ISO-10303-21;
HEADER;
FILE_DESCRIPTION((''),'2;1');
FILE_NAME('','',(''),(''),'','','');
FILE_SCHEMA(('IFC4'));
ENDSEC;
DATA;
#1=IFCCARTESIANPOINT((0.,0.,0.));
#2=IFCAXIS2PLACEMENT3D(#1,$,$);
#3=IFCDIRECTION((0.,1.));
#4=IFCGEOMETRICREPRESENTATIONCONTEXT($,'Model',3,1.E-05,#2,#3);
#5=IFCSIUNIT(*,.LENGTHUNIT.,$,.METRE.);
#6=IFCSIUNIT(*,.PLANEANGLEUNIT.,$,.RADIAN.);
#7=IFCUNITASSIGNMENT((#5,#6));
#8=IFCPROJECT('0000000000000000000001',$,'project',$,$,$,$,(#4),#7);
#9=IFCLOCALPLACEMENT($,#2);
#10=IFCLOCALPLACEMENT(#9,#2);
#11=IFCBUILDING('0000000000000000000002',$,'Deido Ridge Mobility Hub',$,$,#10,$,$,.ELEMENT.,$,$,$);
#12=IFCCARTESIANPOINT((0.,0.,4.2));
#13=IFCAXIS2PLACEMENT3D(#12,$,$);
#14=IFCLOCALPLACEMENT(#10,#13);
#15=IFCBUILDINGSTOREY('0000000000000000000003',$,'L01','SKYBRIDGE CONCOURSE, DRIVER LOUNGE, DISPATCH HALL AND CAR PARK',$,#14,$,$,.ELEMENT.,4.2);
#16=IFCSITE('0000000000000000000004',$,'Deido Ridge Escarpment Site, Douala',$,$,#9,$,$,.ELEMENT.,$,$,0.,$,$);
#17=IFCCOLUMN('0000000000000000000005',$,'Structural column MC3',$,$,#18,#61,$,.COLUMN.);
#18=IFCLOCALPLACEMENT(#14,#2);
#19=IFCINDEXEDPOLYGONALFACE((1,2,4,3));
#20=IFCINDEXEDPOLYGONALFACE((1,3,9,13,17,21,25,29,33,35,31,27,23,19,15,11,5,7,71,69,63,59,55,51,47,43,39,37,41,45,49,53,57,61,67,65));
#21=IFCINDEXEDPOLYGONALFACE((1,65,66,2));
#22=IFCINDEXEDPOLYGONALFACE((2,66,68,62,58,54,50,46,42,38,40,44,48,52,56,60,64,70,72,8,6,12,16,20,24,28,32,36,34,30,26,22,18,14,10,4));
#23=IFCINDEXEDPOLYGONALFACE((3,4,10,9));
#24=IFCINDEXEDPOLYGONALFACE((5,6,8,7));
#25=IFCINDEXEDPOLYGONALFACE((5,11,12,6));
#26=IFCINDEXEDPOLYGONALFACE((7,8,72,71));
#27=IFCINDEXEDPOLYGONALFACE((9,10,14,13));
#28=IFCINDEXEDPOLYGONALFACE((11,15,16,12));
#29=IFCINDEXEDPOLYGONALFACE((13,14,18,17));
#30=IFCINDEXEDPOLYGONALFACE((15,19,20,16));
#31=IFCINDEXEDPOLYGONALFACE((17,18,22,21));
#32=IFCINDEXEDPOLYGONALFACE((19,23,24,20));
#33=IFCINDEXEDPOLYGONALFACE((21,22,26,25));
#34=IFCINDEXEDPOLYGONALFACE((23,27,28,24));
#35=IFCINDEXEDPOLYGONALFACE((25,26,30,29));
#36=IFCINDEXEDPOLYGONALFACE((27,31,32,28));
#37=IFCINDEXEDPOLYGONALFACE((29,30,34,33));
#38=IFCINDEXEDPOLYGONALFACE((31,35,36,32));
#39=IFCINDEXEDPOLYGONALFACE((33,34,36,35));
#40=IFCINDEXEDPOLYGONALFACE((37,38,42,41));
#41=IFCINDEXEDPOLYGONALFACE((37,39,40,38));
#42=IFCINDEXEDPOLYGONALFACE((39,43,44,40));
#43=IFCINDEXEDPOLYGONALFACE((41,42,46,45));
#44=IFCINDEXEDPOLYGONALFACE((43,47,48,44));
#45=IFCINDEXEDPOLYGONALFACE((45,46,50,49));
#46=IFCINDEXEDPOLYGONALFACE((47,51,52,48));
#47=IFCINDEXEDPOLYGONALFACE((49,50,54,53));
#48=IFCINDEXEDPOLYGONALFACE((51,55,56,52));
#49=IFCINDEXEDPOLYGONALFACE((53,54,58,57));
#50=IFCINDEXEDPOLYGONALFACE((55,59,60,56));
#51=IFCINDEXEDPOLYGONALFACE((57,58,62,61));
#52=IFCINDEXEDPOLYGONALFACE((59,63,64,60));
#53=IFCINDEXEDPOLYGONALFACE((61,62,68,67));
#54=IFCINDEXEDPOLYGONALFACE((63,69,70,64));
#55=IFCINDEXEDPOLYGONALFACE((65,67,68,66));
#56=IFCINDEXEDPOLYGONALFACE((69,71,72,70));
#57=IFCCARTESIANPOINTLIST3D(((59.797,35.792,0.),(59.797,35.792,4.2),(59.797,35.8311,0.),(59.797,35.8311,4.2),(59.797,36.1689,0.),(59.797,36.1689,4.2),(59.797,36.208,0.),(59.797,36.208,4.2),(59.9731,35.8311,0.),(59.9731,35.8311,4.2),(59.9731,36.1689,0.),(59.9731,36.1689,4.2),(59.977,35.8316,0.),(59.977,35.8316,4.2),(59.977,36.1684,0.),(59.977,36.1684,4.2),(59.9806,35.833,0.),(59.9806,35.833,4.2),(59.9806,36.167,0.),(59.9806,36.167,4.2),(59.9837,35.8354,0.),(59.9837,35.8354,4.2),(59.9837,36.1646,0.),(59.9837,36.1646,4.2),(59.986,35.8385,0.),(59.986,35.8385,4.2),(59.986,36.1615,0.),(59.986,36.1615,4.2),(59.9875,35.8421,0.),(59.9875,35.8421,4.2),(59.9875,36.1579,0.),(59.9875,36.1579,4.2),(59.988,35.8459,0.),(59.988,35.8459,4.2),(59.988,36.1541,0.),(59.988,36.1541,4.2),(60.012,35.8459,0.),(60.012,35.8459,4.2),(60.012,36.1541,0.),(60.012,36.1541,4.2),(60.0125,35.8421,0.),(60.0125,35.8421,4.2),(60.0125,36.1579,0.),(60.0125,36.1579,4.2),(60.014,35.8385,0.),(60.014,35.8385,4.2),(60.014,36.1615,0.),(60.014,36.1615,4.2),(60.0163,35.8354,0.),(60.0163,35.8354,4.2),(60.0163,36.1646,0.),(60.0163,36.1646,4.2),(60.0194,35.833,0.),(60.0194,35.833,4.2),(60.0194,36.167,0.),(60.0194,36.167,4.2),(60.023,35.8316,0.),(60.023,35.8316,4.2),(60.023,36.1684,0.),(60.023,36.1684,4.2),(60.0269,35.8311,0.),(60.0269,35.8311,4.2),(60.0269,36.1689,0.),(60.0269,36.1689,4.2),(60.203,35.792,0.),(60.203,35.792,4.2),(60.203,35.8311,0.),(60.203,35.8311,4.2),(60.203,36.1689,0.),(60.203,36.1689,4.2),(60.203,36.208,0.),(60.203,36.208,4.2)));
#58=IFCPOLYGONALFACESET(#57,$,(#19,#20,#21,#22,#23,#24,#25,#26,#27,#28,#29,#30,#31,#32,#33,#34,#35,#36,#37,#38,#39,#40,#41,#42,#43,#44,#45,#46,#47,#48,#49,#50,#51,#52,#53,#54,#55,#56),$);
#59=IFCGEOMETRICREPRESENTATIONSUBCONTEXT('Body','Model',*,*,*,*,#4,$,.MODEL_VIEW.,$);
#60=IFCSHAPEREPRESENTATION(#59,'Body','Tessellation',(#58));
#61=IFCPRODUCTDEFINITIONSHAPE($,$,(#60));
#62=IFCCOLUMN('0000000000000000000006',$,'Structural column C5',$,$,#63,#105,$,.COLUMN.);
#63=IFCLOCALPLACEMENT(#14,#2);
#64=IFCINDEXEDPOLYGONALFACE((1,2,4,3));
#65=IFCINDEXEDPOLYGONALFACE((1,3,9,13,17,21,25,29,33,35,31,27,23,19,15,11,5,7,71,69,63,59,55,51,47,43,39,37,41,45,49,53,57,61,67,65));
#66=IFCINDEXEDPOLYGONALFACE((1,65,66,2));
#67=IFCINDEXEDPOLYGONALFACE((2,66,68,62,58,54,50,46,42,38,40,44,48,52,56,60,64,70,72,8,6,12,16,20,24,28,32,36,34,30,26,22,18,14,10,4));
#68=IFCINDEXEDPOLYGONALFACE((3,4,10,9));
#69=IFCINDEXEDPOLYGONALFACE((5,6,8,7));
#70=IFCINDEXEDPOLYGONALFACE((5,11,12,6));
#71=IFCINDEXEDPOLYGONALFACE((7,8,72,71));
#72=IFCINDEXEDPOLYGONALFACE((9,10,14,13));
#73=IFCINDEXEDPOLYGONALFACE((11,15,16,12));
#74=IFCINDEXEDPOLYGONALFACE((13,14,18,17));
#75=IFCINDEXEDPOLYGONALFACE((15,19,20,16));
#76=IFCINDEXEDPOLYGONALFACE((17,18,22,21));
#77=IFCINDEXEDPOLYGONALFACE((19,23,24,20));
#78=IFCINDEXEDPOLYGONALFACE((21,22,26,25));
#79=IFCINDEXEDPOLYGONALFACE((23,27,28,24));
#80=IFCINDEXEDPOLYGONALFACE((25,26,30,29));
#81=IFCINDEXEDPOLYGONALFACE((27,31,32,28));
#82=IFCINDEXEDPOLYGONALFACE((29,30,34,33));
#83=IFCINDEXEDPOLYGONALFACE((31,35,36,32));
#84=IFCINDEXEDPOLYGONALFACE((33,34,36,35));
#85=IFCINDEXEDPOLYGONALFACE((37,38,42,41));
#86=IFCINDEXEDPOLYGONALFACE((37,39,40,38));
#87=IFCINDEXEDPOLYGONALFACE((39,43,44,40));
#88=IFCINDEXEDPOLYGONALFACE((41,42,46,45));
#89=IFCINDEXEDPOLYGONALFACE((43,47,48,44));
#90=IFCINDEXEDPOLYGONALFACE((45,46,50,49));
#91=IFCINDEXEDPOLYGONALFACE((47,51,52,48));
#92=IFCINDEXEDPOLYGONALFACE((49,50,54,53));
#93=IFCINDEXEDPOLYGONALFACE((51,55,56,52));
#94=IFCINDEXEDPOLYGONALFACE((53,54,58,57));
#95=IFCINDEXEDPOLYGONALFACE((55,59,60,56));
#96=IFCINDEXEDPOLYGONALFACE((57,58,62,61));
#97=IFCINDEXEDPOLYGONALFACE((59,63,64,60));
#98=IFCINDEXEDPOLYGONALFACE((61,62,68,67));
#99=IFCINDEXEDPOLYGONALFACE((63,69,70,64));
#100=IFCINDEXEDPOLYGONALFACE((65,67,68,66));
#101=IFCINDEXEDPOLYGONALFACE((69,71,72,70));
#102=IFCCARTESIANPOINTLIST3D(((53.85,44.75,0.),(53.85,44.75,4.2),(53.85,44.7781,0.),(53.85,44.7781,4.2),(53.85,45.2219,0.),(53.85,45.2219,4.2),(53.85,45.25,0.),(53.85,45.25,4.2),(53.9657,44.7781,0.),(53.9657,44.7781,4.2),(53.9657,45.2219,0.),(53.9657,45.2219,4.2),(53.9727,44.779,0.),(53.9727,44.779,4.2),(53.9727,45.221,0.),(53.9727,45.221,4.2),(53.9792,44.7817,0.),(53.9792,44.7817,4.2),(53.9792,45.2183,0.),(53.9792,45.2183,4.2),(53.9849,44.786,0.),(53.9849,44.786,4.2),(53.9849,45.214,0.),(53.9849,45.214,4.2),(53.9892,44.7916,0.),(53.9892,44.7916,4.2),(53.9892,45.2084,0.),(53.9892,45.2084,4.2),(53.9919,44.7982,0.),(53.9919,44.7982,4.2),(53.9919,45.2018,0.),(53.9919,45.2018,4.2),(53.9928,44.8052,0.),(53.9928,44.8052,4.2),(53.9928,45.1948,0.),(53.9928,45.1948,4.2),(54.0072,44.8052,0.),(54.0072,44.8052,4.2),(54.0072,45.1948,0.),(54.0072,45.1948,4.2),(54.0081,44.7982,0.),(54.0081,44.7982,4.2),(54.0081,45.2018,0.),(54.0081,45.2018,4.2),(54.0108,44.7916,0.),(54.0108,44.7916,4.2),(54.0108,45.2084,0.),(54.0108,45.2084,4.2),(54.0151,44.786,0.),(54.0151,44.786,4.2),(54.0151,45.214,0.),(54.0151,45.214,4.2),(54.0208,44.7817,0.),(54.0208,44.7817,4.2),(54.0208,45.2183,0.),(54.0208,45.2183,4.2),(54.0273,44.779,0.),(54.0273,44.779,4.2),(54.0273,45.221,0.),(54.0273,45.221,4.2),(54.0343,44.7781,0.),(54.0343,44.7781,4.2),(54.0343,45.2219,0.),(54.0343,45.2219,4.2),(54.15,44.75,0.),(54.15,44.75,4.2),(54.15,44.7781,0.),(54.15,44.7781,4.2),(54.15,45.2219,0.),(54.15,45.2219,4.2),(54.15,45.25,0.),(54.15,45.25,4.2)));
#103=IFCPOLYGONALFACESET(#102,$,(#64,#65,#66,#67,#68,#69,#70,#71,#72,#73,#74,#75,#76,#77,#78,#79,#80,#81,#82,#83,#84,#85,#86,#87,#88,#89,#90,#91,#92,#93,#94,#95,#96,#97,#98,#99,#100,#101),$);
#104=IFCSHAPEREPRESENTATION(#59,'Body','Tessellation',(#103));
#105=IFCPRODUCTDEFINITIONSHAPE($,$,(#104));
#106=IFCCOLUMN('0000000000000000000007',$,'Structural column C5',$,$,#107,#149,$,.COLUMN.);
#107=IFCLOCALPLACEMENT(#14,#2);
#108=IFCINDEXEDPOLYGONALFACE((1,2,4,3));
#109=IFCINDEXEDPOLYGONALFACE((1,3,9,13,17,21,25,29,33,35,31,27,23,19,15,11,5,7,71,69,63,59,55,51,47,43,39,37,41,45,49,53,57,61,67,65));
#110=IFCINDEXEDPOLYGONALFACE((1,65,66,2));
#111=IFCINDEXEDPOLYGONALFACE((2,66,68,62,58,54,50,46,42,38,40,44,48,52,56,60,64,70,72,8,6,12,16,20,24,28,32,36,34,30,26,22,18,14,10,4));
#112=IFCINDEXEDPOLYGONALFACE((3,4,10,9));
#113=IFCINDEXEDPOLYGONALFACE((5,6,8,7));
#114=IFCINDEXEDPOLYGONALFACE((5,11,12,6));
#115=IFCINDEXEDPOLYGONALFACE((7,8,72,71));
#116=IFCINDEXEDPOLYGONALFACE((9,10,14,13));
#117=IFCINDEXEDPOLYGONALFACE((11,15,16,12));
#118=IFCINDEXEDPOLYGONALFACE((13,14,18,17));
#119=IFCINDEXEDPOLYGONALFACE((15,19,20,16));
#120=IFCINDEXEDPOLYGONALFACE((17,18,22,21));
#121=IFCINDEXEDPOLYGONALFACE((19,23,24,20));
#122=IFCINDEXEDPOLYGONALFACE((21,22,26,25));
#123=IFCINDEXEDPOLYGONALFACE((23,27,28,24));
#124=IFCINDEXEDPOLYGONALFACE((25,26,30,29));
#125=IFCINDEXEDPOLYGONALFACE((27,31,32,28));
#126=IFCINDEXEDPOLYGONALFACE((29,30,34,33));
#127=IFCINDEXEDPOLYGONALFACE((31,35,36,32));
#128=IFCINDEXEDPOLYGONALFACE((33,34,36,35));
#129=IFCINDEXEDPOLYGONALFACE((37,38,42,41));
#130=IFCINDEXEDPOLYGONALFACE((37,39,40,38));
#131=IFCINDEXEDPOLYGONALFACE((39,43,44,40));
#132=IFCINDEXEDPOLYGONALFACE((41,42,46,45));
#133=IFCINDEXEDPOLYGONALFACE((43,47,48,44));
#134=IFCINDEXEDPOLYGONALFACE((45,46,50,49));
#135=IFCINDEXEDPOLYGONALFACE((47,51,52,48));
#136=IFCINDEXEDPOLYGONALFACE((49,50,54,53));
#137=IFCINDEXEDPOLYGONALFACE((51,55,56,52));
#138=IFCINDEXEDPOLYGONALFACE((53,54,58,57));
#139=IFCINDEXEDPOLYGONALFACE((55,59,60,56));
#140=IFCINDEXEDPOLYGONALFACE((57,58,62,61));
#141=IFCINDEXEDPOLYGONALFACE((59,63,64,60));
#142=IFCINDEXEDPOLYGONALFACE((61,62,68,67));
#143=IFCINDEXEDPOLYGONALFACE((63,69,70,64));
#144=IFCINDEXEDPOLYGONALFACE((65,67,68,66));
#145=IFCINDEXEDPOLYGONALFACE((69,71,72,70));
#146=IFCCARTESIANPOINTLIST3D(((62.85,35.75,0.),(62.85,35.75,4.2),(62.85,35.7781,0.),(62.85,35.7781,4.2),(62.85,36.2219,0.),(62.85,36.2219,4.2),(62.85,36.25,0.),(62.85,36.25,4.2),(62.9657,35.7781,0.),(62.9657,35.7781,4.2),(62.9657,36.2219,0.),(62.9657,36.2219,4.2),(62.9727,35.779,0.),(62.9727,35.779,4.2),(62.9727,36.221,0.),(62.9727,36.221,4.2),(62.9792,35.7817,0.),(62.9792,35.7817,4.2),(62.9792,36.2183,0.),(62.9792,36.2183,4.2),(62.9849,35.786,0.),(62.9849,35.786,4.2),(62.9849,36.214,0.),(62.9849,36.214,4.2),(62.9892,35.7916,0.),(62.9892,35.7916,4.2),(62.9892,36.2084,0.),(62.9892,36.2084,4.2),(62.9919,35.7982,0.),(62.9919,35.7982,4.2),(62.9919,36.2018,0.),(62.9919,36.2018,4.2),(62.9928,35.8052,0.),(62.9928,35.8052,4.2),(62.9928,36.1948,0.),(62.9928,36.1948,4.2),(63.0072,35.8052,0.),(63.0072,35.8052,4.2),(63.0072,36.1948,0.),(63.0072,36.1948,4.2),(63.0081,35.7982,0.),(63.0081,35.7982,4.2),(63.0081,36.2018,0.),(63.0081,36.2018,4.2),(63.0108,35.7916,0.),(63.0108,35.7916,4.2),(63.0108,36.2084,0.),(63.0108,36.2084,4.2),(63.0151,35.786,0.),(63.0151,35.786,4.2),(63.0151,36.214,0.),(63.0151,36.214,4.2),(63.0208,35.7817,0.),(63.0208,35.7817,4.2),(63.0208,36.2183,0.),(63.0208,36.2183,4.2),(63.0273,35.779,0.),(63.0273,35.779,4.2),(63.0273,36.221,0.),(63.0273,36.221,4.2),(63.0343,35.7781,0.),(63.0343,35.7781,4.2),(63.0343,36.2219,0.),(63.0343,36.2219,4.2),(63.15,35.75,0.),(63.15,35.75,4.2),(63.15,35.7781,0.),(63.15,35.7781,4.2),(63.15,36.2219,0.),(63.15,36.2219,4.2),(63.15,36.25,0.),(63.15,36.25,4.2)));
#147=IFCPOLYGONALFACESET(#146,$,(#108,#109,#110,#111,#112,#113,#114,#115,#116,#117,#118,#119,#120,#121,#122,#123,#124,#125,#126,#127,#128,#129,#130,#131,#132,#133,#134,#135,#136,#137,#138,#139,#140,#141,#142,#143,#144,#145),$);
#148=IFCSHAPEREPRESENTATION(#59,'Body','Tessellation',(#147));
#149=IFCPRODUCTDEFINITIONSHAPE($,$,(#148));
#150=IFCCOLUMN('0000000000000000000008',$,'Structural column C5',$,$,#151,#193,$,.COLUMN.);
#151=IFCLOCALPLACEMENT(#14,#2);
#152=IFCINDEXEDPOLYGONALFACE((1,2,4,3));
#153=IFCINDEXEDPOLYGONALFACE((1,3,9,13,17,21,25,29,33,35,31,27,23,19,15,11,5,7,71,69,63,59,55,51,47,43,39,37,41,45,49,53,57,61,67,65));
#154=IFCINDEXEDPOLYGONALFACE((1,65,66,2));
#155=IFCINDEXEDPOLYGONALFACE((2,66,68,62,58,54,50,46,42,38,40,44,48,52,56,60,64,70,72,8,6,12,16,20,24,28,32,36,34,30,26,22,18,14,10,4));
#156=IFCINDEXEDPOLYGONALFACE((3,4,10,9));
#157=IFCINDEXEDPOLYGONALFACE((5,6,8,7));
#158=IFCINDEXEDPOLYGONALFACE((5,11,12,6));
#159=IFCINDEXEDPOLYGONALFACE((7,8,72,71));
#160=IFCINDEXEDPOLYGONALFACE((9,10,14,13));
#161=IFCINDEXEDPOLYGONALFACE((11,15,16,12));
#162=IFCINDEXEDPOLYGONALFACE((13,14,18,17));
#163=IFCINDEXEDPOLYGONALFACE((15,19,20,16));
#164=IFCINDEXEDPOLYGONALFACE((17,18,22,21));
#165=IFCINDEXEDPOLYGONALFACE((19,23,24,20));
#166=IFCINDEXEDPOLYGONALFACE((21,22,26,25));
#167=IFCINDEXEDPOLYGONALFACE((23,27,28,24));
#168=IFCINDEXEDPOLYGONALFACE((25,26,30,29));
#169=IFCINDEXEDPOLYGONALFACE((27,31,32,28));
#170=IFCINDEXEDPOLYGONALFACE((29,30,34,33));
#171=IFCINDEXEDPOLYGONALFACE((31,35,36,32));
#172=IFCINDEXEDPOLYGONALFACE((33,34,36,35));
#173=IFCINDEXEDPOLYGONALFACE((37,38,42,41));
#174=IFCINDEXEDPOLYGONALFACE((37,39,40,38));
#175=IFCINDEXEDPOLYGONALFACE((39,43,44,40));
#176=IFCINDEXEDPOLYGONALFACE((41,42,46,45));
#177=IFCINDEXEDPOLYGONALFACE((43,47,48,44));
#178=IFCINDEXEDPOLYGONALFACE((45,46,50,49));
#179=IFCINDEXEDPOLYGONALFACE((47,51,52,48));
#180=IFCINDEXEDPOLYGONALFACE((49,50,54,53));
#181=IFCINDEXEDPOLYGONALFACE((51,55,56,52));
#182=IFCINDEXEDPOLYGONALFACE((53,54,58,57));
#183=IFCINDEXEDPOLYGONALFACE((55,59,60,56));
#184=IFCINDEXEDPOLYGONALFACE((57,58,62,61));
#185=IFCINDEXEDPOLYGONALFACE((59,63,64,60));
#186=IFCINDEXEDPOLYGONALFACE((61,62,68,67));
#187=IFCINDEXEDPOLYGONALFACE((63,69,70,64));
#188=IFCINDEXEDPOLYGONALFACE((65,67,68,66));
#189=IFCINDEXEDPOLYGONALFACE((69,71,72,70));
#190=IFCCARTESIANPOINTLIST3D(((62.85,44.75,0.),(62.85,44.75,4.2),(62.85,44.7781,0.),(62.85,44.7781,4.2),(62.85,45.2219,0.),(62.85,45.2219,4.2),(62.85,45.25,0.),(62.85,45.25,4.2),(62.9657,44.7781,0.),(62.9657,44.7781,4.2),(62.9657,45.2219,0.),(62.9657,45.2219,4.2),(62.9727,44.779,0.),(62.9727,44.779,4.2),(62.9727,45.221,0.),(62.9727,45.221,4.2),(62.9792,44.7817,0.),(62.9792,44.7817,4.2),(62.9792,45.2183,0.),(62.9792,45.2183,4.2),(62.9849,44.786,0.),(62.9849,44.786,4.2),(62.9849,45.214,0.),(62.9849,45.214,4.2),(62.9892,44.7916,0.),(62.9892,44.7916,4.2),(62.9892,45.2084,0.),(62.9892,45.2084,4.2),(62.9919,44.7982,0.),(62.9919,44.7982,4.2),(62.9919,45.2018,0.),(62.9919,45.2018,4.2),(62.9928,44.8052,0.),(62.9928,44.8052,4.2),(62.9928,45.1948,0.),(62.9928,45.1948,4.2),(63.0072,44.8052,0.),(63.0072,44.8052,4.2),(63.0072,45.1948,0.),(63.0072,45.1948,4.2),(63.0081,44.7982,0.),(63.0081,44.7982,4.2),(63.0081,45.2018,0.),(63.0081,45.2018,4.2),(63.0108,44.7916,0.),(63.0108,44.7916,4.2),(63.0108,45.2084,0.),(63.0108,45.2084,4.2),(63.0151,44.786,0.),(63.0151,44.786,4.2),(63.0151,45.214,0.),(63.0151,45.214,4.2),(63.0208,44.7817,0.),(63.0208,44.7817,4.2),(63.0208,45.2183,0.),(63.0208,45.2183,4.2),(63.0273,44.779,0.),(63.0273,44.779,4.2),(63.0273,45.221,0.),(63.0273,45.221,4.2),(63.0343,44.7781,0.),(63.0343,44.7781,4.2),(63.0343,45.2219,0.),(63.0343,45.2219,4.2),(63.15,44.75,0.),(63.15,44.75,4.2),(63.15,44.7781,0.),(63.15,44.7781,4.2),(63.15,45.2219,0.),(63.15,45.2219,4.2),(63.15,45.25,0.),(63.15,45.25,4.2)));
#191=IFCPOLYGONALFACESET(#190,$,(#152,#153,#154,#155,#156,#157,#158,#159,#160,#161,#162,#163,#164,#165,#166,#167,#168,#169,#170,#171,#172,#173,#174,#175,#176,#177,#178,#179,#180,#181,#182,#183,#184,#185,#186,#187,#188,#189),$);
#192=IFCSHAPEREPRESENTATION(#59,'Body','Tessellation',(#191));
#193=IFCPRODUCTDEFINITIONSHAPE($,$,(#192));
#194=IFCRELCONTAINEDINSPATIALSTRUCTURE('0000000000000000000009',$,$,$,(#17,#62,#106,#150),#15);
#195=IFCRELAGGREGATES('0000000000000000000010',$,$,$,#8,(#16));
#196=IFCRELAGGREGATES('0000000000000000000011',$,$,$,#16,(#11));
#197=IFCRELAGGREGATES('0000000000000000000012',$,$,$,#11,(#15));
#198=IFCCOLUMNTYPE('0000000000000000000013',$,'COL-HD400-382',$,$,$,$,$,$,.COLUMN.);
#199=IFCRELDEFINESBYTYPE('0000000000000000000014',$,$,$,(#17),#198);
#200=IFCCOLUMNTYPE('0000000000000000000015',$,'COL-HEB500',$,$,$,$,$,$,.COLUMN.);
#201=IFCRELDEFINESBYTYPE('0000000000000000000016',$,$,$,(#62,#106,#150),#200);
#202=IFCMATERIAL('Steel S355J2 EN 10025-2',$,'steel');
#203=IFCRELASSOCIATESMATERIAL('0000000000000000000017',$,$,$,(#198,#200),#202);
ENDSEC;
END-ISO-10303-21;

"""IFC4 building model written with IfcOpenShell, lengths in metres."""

from ifc_helpers import new_model, si_unit, direction, frame, origin, origin_2d, place, context, subcontext, project, spatial, i_section, extrude, material, material_profile, profile_set, type_object, element, save


model = new_model("IFC4")

# Units and contexts
model_context = context("Model", 3, precision=1e-05, world=origin(), true_north=direction((0.0, 1.0)))
body_context = subcontext(model_context, "Body", "Model", "MODEL_VIEW")
ifc_project = project(units=[si_unit("LENGTHUNIT", "METRE"), si_unit("PLANEANGLEUNIT", "RADIAN")], contexts=[model_context])

# Site, building, storey
site_placement = place(None, origin())
site = spatial("IfcSite", under=ifc_project, at=site_placement, Name="Deido Ridge Escarpment Site, Douala", CompositionType="ELEMENT", RefElevation=0.0)
building_placement = place(site_placement, origin())
building = spatial("IfcBuilding", under=site, at=building_placement, Name="Deido Ridge Mobility Hub", CompositionType="ELEMENT")
storey_placement = place(building_placement, frame((0.0, 0.0, 4.2)))
storey = spatial("IfcBuildingStorey", under=building, at=storey_placement, Name="L01", Description="SKYBRIDGE CONCOURSE, DRIVER LOUNGE, DISPATCH HALL AND CAR PARK", CompositionType="ELEMENT", Elevation=4.2)

# Columns
ifc_material_1 = material(Name="Steel S355J2 EN 10025-2", Category="steel")
ifc_material_profile_1 = material_profile(ifc_material_1, i_section(OverallWidth=0.406, OverallDepth=0.416, WebThickness=0.0239, FlangeThickness=0.0391, FilletRadius=0.0149, at=origin_2d()), Name="HD 400x382")
ifc_profile_set_1 = profile_set([ifc_material_profile_1], Name="Steel S355J2 EN 10025-2")
column_type_1 = type_object("IfcColumnType", Name="COL-HD400-382", PredefinedType="COLUMN", material=ifc_profile_set_1)
column_placement = place(storey_placement, frame((60.0, 36.0, 0.0), z_axis=(0.0, 0.0, 1.0), x_axis=(1.0, 0.0, 0.0)))
element("IfcColumn", 1, at=column_placement, inside=storey, type_object=column_type_1, Name="Structural column MC3", PredefinedType="COLUMN", context=body_context, shape_type="SweptSolid", body=[
    extrude(i_section(OverallWidth=0.406, OverallDepth=0.416, WebThickness=0.0239, FlangeThickness=0.0391, FilletRadius=0.0149, at=origin_2d()), origin(), (0.0, 0.0, 1.0), 4.2),
])
ifc_material_profile_2 = material_profile(ifc_material_1, i_section(OverallWidth=0.3, OverallDepth=0.5, WebThickness=0.0144, FlangeThickness=0.0281, FilletRadius=0.0271, at=origin_2d()), Name="HEB 500")
ifc_profile_set_2 = profile_set([ifc_material_profile_2], Name="Steel S355J2 EN 10025-2")
column_type_2 = type_object("IfcColumnType", Name="COL-HEB500", PredefinedType="COLUMN", material=ifc_profile_set_2)
for number, where, z_axis, x_axis, name in (
    (2, (54.0, 45.0, 0.0), (0.0, 0.0, 1.0), (1.0, 0.0, 0.0), "Structural column C5"),
    (3, (63.0, 36.0, 0.0), (0.0, 0.0, 1.0), (1.0, 0.0, 0.0), "Structural column C5"),
    (4, (63.0, 45.0, 0.0), (0.0, 0.0, 1.0), (1.0, 0.0, 0.0), "Structural column C5"),
):
    element("IfcColumn", number, at=place(storey_placement, frame(where, z_axis=z_axis, x_axis=x_axis)), inside=storey, type_object=column_type_2, Name=name, PredefinedType="COLUMN", context=body_context, shape_type="SweptSolid", body=[
        extrude(i_section(OverallWidth=0.3, OverallDepth=0.5, WebThickness=0.0144, FlangeThickness=0.0281, FilletRadius=0.0271, at=origin_2d()), origin(), (0.0, 0.0, 1.0), 4.2),
    ])

save(model, "model.ifc")
